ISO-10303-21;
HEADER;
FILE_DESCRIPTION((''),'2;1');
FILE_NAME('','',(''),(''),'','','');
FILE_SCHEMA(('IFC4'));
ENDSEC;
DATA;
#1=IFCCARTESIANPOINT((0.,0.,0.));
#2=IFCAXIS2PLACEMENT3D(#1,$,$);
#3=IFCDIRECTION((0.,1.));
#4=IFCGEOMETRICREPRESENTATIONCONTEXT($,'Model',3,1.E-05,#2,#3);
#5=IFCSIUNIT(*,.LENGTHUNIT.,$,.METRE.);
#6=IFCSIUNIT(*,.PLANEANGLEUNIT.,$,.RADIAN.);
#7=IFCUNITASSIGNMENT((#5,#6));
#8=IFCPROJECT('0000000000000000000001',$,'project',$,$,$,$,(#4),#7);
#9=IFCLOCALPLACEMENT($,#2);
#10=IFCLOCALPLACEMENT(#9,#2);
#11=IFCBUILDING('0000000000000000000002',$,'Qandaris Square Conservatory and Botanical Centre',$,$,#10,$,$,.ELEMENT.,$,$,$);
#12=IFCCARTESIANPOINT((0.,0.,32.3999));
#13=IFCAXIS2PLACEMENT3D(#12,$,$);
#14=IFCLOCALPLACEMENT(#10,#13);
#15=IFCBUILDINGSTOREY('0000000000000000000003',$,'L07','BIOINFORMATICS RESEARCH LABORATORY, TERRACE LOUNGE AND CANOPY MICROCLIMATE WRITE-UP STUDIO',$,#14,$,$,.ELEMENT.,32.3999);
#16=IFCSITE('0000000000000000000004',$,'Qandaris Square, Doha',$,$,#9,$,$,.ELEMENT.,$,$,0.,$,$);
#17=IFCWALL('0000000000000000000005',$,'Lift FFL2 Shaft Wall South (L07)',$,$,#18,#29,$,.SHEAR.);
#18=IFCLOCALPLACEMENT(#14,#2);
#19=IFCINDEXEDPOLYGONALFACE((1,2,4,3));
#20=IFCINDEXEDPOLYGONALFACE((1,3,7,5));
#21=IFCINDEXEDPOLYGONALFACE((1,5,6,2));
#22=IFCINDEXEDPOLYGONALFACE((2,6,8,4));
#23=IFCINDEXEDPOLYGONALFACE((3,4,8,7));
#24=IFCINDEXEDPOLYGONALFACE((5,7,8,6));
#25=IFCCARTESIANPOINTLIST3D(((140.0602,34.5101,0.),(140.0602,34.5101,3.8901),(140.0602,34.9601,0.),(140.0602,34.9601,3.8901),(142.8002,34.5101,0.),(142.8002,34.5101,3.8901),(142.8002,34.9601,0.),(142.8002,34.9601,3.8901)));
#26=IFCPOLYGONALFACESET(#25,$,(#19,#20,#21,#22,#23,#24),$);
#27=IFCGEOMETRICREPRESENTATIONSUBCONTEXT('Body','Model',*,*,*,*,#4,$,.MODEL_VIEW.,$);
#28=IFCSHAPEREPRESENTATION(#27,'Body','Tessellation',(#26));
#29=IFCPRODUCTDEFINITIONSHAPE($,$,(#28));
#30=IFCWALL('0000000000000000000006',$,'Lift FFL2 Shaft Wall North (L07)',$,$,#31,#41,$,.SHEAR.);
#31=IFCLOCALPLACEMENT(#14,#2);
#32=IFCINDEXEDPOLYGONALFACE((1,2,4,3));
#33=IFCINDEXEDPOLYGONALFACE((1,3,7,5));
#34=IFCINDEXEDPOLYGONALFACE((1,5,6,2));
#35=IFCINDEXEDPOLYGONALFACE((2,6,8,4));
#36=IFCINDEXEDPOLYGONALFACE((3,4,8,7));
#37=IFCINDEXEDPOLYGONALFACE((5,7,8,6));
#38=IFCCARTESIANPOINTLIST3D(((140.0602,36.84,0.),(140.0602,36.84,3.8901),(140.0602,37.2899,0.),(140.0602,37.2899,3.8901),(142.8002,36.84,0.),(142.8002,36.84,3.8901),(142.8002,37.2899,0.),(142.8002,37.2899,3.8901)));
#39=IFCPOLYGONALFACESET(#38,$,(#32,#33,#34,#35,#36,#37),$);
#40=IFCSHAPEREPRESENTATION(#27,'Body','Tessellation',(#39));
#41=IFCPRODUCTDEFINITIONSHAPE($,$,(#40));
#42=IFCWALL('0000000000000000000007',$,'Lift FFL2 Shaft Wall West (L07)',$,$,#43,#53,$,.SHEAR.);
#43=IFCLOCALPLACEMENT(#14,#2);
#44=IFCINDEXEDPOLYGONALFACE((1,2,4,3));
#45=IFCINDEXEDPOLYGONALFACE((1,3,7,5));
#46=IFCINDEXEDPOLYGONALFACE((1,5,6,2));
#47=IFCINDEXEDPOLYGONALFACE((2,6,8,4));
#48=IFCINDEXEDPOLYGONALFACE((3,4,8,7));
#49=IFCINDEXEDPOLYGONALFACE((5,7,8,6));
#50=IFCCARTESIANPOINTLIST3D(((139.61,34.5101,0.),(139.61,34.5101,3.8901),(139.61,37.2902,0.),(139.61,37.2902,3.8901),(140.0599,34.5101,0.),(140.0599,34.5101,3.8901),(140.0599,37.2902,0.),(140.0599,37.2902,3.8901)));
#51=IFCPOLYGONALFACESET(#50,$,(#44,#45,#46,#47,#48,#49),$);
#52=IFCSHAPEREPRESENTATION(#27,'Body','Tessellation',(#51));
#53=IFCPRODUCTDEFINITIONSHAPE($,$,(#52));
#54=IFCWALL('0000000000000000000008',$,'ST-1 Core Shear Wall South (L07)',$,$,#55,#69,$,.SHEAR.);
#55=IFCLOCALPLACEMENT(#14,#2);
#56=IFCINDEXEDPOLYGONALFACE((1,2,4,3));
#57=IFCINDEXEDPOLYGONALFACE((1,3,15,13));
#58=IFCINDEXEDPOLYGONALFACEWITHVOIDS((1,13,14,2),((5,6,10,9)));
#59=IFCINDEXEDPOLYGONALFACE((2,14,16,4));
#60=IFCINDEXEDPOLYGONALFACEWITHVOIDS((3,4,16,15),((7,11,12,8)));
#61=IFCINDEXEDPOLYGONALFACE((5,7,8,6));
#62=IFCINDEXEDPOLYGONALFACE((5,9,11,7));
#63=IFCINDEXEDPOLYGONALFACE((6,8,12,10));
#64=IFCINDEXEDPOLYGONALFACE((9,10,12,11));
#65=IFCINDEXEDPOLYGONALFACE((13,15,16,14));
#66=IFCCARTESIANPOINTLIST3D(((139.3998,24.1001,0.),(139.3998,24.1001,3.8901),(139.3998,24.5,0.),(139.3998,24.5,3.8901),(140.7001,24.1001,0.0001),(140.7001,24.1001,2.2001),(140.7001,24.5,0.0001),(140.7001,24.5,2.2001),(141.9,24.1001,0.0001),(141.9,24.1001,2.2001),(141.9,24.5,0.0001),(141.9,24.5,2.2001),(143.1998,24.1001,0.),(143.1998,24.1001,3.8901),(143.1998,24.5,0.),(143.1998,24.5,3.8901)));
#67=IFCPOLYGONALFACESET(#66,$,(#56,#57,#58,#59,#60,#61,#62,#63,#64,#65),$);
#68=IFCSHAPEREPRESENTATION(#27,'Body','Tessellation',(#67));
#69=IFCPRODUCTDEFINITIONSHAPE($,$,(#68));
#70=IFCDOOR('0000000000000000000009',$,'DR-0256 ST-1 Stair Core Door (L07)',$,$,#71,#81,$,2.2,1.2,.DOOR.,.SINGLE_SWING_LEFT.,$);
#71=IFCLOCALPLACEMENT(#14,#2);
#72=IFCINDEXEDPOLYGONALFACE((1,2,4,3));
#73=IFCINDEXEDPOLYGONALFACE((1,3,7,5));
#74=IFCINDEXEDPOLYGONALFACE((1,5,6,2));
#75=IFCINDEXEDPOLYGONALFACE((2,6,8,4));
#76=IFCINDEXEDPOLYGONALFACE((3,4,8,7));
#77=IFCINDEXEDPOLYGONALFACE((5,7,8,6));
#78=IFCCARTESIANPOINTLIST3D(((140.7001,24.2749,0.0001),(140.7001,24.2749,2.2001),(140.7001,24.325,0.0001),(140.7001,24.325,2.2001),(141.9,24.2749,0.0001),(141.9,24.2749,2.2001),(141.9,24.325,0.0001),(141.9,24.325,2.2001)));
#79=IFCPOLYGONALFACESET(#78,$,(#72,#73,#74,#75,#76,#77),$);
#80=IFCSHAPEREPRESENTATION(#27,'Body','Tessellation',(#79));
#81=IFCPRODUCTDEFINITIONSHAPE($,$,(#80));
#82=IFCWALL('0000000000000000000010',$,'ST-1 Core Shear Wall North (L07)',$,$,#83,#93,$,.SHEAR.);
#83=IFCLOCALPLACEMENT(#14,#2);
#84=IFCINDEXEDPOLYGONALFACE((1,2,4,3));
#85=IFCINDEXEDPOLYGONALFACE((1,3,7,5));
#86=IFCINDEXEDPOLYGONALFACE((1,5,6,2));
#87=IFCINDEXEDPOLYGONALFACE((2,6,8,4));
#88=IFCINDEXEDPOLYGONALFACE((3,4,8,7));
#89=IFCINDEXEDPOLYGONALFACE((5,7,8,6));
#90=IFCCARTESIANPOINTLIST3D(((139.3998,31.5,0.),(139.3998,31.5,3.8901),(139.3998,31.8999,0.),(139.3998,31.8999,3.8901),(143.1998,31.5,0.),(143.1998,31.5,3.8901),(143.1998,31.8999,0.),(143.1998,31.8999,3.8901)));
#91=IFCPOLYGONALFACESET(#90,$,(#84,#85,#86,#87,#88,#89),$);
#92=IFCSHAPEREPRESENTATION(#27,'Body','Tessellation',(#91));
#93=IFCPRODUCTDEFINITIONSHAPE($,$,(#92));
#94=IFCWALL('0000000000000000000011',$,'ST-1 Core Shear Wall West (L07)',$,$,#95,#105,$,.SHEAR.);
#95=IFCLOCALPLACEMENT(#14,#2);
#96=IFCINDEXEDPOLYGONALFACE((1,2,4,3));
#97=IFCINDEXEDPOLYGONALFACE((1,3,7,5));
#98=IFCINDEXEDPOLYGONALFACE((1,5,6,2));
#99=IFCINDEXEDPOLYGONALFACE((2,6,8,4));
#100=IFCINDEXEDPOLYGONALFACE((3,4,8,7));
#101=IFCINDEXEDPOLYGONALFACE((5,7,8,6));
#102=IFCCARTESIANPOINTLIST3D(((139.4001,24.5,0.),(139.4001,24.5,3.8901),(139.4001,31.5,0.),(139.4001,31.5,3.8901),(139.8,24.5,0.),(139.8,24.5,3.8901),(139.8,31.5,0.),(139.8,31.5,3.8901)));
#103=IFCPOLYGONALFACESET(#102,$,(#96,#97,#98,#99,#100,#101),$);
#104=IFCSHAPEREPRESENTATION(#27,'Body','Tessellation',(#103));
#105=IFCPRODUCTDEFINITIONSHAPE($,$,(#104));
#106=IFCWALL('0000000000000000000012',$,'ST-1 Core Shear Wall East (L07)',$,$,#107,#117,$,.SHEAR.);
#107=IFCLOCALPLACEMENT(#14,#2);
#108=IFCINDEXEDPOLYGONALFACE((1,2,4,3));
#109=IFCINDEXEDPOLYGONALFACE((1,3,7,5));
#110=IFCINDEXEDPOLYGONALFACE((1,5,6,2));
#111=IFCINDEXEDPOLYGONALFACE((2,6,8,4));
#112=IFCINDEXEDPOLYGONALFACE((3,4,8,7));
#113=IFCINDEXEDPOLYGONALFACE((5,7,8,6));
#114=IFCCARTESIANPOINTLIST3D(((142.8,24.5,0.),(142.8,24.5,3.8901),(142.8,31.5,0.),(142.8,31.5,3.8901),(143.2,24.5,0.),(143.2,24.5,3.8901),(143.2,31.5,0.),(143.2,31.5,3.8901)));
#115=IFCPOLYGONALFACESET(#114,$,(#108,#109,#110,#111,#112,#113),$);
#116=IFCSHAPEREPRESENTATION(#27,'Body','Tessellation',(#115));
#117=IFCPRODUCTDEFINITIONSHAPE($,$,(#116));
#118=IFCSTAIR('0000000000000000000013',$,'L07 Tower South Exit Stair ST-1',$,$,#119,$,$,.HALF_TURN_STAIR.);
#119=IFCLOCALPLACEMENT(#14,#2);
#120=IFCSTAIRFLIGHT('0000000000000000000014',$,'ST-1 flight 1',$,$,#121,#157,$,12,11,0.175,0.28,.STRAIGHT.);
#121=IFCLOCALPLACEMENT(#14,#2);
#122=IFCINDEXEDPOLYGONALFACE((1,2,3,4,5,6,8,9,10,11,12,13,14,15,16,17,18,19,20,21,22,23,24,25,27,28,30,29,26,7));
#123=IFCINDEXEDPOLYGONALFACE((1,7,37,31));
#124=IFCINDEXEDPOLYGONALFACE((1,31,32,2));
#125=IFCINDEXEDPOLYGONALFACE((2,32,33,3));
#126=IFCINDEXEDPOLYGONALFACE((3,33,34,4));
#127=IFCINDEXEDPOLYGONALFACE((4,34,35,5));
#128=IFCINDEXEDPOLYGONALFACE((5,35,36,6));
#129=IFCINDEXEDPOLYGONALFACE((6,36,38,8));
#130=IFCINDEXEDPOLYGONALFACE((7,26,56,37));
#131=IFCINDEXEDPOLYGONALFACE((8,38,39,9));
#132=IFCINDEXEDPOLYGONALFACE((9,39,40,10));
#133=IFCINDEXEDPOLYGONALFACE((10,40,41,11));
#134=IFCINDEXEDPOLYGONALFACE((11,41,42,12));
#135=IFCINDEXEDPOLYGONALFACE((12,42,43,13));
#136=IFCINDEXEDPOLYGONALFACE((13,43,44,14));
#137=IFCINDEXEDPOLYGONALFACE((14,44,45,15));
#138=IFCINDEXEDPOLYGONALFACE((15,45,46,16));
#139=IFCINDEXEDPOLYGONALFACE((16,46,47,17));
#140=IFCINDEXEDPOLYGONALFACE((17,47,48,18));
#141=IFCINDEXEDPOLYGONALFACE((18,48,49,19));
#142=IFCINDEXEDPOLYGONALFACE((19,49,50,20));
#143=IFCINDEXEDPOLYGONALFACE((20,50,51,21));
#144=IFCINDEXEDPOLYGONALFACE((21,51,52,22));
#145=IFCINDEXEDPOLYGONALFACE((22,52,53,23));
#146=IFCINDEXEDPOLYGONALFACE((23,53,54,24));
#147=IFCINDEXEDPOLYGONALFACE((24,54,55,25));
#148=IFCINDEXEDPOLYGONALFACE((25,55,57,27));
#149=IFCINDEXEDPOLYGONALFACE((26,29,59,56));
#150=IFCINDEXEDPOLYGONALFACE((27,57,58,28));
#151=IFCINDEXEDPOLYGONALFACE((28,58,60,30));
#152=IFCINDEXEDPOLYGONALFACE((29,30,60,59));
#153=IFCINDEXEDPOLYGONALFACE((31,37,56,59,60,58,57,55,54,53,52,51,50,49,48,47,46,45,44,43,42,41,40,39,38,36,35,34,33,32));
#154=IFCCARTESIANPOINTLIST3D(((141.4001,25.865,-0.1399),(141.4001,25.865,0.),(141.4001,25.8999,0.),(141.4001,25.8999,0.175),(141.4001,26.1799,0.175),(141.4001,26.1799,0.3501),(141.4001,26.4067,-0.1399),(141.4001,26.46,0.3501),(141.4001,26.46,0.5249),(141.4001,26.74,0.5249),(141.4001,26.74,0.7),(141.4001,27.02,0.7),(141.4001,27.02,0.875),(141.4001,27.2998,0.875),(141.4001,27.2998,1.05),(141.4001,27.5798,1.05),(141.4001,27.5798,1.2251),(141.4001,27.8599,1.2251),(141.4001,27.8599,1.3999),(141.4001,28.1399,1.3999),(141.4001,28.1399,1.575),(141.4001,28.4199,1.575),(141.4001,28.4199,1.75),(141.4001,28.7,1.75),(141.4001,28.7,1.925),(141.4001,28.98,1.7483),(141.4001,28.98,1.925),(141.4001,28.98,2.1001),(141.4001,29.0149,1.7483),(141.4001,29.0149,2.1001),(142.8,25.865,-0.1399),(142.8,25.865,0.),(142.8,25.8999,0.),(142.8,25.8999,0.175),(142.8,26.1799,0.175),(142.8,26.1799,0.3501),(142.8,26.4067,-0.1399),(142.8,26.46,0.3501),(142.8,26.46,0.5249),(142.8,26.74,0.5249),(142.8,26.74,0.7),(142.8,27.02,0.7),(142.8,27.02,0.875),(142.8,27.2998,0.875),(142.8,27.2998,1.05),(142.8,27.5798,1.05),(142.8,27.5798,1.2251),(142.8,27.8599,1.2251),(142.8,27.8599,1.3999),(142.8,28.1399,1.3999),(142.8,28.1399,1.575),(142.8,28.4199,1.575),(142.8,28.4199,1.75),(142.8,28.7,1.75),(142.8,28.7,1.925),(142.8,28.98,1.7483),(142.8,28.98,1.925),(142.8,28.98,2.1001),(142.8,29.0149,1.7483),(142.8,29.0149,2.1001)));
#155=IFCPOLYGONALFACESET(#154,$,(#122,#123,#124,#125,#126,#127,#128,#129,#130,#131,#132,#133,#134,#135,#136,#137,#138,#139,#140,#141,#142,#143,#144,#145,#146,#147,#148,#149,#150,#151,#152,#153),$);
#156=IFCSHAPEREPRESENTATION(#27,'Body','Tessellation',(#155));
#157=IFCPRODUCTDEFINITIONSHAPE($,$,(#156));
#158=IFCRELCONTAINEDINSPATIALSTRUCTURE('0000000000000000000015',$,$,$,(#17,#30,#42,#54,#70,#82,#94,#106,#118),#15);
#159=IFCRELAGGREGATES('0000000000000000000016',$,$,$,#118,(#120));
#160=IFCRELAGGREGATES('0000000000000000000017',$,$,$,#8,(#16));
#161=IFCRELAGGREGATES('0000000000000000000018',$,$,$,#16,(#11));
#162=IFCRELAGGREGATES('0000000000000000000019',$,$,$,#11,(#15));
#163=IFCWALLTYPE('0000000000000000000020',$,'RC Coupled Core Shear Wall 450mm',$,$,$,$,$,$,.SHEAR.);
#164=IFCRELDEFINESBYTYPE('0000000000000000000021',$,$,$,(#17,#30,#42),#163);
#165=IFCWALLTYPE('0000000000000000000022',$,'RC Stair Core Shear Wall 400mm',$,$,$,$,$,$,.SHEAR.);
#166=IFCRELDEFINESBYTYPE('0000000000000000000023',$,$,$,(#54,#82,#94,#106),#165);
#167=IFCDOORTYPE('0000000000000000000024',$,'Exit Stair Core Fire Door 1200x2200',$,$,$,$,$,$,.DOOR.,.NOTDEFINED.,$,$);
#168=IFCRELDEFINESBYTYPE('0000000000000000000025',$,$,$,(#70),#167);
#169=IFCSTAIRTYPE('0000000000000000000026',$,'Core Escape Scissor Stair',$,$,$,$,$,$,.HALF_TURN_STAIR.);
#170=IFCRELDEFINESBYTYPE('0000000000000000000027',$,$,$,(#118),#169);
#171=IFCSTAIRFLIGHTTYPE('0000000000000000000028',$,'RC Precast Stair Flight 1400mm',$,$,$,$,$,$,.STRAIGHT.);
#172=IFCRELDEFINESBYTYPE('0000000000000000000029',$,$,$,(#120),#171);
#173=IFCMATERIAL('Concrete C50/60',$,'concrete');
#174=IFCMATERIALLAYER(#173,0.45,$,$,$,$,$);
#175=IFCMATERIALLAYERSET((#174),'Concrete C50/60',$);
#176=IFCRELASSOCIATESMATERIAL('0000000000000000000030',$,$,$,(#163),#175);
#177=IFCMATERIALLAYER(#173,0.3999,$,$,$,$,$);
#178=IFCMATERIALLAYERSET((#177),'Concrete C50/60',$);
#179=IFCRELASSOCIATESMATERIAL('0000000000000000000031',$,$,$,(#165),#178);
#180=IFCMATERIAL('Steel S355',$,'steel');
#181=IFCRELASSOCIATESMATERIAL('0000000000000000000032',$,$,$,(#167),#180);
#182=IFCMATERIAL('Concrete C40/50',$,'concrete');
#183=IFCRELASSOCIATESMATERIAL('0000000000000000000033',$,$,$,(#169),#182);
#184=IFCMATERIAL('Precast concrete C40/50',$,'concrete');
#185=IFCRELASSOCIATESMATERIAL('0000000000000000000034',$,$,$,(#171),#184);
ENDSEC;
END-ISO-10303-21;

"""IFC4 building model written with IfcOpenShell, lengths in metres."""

from ifc_helpers import new_model, si_unit, direction, frame, frame_2d, origin, place, context, subcontext, project, spatial, polyline, rectangle, outline, extrude, material, layer, layer_set, type_object, element, fill, aggregate, save


model = new_model("IFC4")

# Units and contexts
model_context = context("Model", 3, precision=1e-05, world=origin(), true_north=direction((0.0, 1.0)))
body_context = subcontext(model_context, "Body", "Model", "MODEL_VIEW")
ifc_project = project(units=[si_unit("LENGTHUNIT", "METRE"), si_unit("PLANEANGLEUNIT", "RADIAN")], contexts=[model_context])

# Site, building, storey
site_placement = place(None, origin())
site = spatial("IfcSite", under=ifc_project, at=site_placement, Name="Qandaris Square, Doha", CompositionType="ELEMENT", RefElevation=0.0)
building_placement = place(site_placement, origin())
building = spatial("IfcBuilding", under=site, at=building_placement, Name="Qandaris Square Conservatory and Botanical Centre", CompositionType="ELEMENT")
storey_placement = place(building_placement, frame((0.0, 0.0, 32.3999)))
storey = spatial("IfcBuildingStorey", under=building, at=storey_placement, Name="L07", Description="BIOINFORMATICS RESEARCH LABORATORY, TERRACE LOUNGE AND CANOPY MICROCLIMATE WRITE-UP STUDIO", CompositionType="ELEMENT", Elevation=32.3999)

# Shared definitions
ifc_material_1 = material(Name="Concrete C50/60", Category="concrete")

# Shared definitions
ifc_material_2 = material(Name="Steel S355", Category="steel")

# Shared definitions
ifc_material_3 = material(Name="Precast concrete C40/50", Category="concrete")

# Walls
ifc_layer_1 = layer(ifc_material_1, 0.45)
ifc_layer_set_1 = layer_set([ifc_layer_1], Name="Concrete C50/60")
wall_type_1 = type_object("IfcWallType", Name="RC Coupled Core Shear Wall 450mm", PredefinedType="SHEAR", material=ifc_layer_set_1)
for number, where, z_axis, x_axis, name in (
    (1, (140.0601, 34.7351, 0.0), (0.0, 0.0, 1.0), (1.0, 0.0, 0.0), "Lift FFL2 Shaft Wall South (L07)"),
    (2, (140.0601, 37.0649, 0.0), (0.0, 0.0, 1.0), (1.0, 0.0, 0.0), "Lift FFL2 Shaft Wall North (L07)"),
):
    element("IfcWall", number, at=place(storey_placement, frame(where, z_axis=z_axis, x_axis=x_axis)), inside=storey, type_object=wall_type_1, Name=name, PredefinedType="SHEAR", context=body_context, shape_type="SweptSolid", body=[
        extrude(rectangle(XDim=2.74, YDim=0.45, at=frame_2d((1.3701, 0.0))), origin(), (0.0, 0.0, 1.0), 3.8901),
    ])
wall_1_placement = place(storey_placement, frame((139.835, 34.51, 0.0), z_axis=(0.0, 0.0, 1.0), x_axis=(0.0, 1.0, 0.0)))
element("IfcWall", 3, at=wall_1_placement, inside=storey, type_object=wall_type_1, Name="Lift FFL2 Shaft Wall West (L07)", PredefinedType="SHEAR", context=body_context, shape_type="SweptSolid", body=[
    extrude(rectangle(XDim=2.78, YDim=0.45, at=frame_2d((1.3901, 0.0))), origin(), (0.0, 0.0, 1.0), 3.8901),
])

# Wall, opening, door
ifc_layer_2 = layer(ifc_material_1, 0.3999)
ifc_layer_set_2 = layer_set([ifc_layer_2], Name="Concrete C50/60")
wall_type_2 = type_object("IfcWallType", Name="RC Stair Core Shear Wall 400mm", PredefinedType="SHEAR", material=ifc_layer_set_2)
wall_2_placement = place(storey_placement, frame((139.3999, 24.3, 0.0), z_axis=(0.0, 0.0, 1.0), x_axis=(1.0, 0.0, 0.0)))
wall_2 = element("IfcWall", 4, at=wall_2_placement, inside=storey, type_object=wall_type_2, Name="ST-1 Core Shear Wall South (L07)", PredefinedType="SHEAR", context=body_context, shape_type="SweptSolid", body=[
    extrude(rectangle(XDim=3.8, YDim=0.3999, at=frame_2d((1.8999, 0.0))), origin(), (0.0, 0.0, 1.0), 3.8901),
])
opening_1_placement = place(wall_2_placement, frame((1.3, 0.0, 0.0)))
opening_1 = element("IfcOpeningElement", 5, at=opening_1_placement, cuts=wall_2, PredefinedType="OPENING", context=body_context, shape_type="SweptSolid", body=[
    extrude(rectangle(XDim=1.2, YDim=2.2, at=frame_2d((0.6001, 1.1001))), frame((0.0, 0.2119, 0.0), z_axis=(0.0, -1.0, 0.0), x_axis=(1.0, 0.0, 0.0)), (0.0, 0.0, 1.0), 0.4238),
])
door_type = type_object("IfcDoorType", Name="Exit Stair Core Fire Door 1200x2200", OperationType="NOTDEFINED", PredefinedType="DOOR", material=ifc_material_2)
door_placement = place(opening_1_placement, origin())
door = element("IfcDoor", 6, at=door_placement, inside=storey, type_object=door_type, Name="DR-0256 ST-1 Stair Core Door (L07)", OperationType="SINGLE_SWING_LEFT", OverallHeight=2.2, OverallWidth=1.2, PredefinedType="DOOR", context=body_context, shape_type="SweptSolid", body=[
    extrude(rectangle(XDim=1.2, YDim=2.2, at=frame_2d((0.6001, 1.1001))), frame((0.0, 0.0249, 0.0), z_axis=(0.0, -1.0, 0.0), x_axis=(1.0, 0.0, 0.0)), (0.0, 0.0, 1.0), 0.05),
])
fill(opening_1, door)

# Walls
wall_3_placement = place(storey_placement, frame((139.3999, 31.7, 0.0), z_axis=(0.0, 0.0, 1.0), x_axis=(1.0, 0.0, 0.0)))
element("IfcWall", 7, at=wall_3_placement, inside=storey, type_object=wall_type_2, Name="ST-1 Core Shear Wall North (L07)", PredefinedType="SHEAR", context=body_context, shape_type="SweptSolid", body=[
    extrude(rectangle(XDim=3.8, YDim=0.3999, at=frame_2d((1.8999, 0.0))), origin(), (0.0, 0.0, 1.0), 3.8901),
])
for number, where, z_axis, x_axis, name in (
    (8, (139.6001, 24.5, 0.0), (0.0, 0.0, 1.0), (0.0, 1.0, 0.0), "ST-1 Core Shear Wall West (L07)"),
    (9, (143.0, 24.5, 0.0), (0.0, 0.0, 1.0), (0.0, 1.0, 0.0), "ST-1 Core Shear Wall East (L07)"),
):
    element("IfcWall", number, at=place(storey_placement, frame(where, z_axis=z_axis, x_axis=x_axis)), inside=storey, type_object=wall_type_2, Name=name, PredefinedType="SHEAR", context=body_context, shape_type="SweptSolid", body=[
        extrude(rectangle(XDim=7.0, YDim=0.3999, at=frame_2d((3.5, 0.0))), origin(), (0.0, 0.0, 1.0), 3.8901),
    ])

# Stair, stair flight
ifc_material_4 = material(Name="Concrete C40/50", Category="concrete")
stair_type = type_object("IfcStairType", Name="Core Escape Scissor Stair", PredefinedType="HALF_TURN_STAIR", material=ifc_material_4)
stair_placement = place(storey_placement, origin())
stair = element("IfcStair", 10, at=stair_placement, inside=storey, type_object=stair_type, Name="L07 Tower South Exit Stair ST-1", PredefinedType="HALF_TURN_STAIR")
stair_flight_type = type_object("IfcStairFlightType", Name="RC Precast Stair Flight 1400mm", PredefinedType="STRAIGHT", material=ifc_material_3)
stair_flight_1_placement = place(storey_placement, frame((142.1001, 25.8999, 0.0), z_axis=(0.0, 0.0, 1.0), x_axis=(0.0, 1.0, 0.0)))
stair_flight_1 = element("IfcStairFlight", 11, at=stair_flight_1_placement, type_object=stair_flight_type, Name="ST-1 flight 1", NumberOfRisers=12, NumberOfTreads=11, PredefinedType="STRAIGHT", RiserHeight=0.175, TreadLength=0.28, context=body_context, shape_type="SweptSolid", body=[
    extrude(outline(polyline([(-0.0349, 0.0), (0.0, 0.0), (0.0, 0.175), (0.28, 0.175), (0.28, 0.3501), (0.5601, 0.3501), (0.5601, 0.5249), (0.8401, 0.5249), (0.8401, 0.7), (1.1201, 0.7), (1.1201, 0.875), (1.3999, 0.875), (1.3999, 1.05), (1.6799, 1.05), (1.6799, 1.2251), (1.96, 1.2251), (1.96, 1.3999), (2.24, 1.3999), (2.24, 1.575), (2.52, 1.575), (2.52, 1.75), (2.8, 1.75), (2.8, 1.925), (3.0801, 1.925), (3.0801, 2.1001), (3.115, 2.1001), (3.115, 1.7483), (3.0801, 1.7483), (0.5068, -0.1399), (-0.0349, -0.1399), (-0.0349, 0.0)])), frame((0.0, 0.7, 0.0), z_axis=(0.0, -1.0, 0.0), x_axis=(1.0, 0.0, 0.0)), (0.0, 0.0, 1.0), 1.3999),
])
aggregate(stair, [stair_flight_1])

save(model, "model.ifc")
